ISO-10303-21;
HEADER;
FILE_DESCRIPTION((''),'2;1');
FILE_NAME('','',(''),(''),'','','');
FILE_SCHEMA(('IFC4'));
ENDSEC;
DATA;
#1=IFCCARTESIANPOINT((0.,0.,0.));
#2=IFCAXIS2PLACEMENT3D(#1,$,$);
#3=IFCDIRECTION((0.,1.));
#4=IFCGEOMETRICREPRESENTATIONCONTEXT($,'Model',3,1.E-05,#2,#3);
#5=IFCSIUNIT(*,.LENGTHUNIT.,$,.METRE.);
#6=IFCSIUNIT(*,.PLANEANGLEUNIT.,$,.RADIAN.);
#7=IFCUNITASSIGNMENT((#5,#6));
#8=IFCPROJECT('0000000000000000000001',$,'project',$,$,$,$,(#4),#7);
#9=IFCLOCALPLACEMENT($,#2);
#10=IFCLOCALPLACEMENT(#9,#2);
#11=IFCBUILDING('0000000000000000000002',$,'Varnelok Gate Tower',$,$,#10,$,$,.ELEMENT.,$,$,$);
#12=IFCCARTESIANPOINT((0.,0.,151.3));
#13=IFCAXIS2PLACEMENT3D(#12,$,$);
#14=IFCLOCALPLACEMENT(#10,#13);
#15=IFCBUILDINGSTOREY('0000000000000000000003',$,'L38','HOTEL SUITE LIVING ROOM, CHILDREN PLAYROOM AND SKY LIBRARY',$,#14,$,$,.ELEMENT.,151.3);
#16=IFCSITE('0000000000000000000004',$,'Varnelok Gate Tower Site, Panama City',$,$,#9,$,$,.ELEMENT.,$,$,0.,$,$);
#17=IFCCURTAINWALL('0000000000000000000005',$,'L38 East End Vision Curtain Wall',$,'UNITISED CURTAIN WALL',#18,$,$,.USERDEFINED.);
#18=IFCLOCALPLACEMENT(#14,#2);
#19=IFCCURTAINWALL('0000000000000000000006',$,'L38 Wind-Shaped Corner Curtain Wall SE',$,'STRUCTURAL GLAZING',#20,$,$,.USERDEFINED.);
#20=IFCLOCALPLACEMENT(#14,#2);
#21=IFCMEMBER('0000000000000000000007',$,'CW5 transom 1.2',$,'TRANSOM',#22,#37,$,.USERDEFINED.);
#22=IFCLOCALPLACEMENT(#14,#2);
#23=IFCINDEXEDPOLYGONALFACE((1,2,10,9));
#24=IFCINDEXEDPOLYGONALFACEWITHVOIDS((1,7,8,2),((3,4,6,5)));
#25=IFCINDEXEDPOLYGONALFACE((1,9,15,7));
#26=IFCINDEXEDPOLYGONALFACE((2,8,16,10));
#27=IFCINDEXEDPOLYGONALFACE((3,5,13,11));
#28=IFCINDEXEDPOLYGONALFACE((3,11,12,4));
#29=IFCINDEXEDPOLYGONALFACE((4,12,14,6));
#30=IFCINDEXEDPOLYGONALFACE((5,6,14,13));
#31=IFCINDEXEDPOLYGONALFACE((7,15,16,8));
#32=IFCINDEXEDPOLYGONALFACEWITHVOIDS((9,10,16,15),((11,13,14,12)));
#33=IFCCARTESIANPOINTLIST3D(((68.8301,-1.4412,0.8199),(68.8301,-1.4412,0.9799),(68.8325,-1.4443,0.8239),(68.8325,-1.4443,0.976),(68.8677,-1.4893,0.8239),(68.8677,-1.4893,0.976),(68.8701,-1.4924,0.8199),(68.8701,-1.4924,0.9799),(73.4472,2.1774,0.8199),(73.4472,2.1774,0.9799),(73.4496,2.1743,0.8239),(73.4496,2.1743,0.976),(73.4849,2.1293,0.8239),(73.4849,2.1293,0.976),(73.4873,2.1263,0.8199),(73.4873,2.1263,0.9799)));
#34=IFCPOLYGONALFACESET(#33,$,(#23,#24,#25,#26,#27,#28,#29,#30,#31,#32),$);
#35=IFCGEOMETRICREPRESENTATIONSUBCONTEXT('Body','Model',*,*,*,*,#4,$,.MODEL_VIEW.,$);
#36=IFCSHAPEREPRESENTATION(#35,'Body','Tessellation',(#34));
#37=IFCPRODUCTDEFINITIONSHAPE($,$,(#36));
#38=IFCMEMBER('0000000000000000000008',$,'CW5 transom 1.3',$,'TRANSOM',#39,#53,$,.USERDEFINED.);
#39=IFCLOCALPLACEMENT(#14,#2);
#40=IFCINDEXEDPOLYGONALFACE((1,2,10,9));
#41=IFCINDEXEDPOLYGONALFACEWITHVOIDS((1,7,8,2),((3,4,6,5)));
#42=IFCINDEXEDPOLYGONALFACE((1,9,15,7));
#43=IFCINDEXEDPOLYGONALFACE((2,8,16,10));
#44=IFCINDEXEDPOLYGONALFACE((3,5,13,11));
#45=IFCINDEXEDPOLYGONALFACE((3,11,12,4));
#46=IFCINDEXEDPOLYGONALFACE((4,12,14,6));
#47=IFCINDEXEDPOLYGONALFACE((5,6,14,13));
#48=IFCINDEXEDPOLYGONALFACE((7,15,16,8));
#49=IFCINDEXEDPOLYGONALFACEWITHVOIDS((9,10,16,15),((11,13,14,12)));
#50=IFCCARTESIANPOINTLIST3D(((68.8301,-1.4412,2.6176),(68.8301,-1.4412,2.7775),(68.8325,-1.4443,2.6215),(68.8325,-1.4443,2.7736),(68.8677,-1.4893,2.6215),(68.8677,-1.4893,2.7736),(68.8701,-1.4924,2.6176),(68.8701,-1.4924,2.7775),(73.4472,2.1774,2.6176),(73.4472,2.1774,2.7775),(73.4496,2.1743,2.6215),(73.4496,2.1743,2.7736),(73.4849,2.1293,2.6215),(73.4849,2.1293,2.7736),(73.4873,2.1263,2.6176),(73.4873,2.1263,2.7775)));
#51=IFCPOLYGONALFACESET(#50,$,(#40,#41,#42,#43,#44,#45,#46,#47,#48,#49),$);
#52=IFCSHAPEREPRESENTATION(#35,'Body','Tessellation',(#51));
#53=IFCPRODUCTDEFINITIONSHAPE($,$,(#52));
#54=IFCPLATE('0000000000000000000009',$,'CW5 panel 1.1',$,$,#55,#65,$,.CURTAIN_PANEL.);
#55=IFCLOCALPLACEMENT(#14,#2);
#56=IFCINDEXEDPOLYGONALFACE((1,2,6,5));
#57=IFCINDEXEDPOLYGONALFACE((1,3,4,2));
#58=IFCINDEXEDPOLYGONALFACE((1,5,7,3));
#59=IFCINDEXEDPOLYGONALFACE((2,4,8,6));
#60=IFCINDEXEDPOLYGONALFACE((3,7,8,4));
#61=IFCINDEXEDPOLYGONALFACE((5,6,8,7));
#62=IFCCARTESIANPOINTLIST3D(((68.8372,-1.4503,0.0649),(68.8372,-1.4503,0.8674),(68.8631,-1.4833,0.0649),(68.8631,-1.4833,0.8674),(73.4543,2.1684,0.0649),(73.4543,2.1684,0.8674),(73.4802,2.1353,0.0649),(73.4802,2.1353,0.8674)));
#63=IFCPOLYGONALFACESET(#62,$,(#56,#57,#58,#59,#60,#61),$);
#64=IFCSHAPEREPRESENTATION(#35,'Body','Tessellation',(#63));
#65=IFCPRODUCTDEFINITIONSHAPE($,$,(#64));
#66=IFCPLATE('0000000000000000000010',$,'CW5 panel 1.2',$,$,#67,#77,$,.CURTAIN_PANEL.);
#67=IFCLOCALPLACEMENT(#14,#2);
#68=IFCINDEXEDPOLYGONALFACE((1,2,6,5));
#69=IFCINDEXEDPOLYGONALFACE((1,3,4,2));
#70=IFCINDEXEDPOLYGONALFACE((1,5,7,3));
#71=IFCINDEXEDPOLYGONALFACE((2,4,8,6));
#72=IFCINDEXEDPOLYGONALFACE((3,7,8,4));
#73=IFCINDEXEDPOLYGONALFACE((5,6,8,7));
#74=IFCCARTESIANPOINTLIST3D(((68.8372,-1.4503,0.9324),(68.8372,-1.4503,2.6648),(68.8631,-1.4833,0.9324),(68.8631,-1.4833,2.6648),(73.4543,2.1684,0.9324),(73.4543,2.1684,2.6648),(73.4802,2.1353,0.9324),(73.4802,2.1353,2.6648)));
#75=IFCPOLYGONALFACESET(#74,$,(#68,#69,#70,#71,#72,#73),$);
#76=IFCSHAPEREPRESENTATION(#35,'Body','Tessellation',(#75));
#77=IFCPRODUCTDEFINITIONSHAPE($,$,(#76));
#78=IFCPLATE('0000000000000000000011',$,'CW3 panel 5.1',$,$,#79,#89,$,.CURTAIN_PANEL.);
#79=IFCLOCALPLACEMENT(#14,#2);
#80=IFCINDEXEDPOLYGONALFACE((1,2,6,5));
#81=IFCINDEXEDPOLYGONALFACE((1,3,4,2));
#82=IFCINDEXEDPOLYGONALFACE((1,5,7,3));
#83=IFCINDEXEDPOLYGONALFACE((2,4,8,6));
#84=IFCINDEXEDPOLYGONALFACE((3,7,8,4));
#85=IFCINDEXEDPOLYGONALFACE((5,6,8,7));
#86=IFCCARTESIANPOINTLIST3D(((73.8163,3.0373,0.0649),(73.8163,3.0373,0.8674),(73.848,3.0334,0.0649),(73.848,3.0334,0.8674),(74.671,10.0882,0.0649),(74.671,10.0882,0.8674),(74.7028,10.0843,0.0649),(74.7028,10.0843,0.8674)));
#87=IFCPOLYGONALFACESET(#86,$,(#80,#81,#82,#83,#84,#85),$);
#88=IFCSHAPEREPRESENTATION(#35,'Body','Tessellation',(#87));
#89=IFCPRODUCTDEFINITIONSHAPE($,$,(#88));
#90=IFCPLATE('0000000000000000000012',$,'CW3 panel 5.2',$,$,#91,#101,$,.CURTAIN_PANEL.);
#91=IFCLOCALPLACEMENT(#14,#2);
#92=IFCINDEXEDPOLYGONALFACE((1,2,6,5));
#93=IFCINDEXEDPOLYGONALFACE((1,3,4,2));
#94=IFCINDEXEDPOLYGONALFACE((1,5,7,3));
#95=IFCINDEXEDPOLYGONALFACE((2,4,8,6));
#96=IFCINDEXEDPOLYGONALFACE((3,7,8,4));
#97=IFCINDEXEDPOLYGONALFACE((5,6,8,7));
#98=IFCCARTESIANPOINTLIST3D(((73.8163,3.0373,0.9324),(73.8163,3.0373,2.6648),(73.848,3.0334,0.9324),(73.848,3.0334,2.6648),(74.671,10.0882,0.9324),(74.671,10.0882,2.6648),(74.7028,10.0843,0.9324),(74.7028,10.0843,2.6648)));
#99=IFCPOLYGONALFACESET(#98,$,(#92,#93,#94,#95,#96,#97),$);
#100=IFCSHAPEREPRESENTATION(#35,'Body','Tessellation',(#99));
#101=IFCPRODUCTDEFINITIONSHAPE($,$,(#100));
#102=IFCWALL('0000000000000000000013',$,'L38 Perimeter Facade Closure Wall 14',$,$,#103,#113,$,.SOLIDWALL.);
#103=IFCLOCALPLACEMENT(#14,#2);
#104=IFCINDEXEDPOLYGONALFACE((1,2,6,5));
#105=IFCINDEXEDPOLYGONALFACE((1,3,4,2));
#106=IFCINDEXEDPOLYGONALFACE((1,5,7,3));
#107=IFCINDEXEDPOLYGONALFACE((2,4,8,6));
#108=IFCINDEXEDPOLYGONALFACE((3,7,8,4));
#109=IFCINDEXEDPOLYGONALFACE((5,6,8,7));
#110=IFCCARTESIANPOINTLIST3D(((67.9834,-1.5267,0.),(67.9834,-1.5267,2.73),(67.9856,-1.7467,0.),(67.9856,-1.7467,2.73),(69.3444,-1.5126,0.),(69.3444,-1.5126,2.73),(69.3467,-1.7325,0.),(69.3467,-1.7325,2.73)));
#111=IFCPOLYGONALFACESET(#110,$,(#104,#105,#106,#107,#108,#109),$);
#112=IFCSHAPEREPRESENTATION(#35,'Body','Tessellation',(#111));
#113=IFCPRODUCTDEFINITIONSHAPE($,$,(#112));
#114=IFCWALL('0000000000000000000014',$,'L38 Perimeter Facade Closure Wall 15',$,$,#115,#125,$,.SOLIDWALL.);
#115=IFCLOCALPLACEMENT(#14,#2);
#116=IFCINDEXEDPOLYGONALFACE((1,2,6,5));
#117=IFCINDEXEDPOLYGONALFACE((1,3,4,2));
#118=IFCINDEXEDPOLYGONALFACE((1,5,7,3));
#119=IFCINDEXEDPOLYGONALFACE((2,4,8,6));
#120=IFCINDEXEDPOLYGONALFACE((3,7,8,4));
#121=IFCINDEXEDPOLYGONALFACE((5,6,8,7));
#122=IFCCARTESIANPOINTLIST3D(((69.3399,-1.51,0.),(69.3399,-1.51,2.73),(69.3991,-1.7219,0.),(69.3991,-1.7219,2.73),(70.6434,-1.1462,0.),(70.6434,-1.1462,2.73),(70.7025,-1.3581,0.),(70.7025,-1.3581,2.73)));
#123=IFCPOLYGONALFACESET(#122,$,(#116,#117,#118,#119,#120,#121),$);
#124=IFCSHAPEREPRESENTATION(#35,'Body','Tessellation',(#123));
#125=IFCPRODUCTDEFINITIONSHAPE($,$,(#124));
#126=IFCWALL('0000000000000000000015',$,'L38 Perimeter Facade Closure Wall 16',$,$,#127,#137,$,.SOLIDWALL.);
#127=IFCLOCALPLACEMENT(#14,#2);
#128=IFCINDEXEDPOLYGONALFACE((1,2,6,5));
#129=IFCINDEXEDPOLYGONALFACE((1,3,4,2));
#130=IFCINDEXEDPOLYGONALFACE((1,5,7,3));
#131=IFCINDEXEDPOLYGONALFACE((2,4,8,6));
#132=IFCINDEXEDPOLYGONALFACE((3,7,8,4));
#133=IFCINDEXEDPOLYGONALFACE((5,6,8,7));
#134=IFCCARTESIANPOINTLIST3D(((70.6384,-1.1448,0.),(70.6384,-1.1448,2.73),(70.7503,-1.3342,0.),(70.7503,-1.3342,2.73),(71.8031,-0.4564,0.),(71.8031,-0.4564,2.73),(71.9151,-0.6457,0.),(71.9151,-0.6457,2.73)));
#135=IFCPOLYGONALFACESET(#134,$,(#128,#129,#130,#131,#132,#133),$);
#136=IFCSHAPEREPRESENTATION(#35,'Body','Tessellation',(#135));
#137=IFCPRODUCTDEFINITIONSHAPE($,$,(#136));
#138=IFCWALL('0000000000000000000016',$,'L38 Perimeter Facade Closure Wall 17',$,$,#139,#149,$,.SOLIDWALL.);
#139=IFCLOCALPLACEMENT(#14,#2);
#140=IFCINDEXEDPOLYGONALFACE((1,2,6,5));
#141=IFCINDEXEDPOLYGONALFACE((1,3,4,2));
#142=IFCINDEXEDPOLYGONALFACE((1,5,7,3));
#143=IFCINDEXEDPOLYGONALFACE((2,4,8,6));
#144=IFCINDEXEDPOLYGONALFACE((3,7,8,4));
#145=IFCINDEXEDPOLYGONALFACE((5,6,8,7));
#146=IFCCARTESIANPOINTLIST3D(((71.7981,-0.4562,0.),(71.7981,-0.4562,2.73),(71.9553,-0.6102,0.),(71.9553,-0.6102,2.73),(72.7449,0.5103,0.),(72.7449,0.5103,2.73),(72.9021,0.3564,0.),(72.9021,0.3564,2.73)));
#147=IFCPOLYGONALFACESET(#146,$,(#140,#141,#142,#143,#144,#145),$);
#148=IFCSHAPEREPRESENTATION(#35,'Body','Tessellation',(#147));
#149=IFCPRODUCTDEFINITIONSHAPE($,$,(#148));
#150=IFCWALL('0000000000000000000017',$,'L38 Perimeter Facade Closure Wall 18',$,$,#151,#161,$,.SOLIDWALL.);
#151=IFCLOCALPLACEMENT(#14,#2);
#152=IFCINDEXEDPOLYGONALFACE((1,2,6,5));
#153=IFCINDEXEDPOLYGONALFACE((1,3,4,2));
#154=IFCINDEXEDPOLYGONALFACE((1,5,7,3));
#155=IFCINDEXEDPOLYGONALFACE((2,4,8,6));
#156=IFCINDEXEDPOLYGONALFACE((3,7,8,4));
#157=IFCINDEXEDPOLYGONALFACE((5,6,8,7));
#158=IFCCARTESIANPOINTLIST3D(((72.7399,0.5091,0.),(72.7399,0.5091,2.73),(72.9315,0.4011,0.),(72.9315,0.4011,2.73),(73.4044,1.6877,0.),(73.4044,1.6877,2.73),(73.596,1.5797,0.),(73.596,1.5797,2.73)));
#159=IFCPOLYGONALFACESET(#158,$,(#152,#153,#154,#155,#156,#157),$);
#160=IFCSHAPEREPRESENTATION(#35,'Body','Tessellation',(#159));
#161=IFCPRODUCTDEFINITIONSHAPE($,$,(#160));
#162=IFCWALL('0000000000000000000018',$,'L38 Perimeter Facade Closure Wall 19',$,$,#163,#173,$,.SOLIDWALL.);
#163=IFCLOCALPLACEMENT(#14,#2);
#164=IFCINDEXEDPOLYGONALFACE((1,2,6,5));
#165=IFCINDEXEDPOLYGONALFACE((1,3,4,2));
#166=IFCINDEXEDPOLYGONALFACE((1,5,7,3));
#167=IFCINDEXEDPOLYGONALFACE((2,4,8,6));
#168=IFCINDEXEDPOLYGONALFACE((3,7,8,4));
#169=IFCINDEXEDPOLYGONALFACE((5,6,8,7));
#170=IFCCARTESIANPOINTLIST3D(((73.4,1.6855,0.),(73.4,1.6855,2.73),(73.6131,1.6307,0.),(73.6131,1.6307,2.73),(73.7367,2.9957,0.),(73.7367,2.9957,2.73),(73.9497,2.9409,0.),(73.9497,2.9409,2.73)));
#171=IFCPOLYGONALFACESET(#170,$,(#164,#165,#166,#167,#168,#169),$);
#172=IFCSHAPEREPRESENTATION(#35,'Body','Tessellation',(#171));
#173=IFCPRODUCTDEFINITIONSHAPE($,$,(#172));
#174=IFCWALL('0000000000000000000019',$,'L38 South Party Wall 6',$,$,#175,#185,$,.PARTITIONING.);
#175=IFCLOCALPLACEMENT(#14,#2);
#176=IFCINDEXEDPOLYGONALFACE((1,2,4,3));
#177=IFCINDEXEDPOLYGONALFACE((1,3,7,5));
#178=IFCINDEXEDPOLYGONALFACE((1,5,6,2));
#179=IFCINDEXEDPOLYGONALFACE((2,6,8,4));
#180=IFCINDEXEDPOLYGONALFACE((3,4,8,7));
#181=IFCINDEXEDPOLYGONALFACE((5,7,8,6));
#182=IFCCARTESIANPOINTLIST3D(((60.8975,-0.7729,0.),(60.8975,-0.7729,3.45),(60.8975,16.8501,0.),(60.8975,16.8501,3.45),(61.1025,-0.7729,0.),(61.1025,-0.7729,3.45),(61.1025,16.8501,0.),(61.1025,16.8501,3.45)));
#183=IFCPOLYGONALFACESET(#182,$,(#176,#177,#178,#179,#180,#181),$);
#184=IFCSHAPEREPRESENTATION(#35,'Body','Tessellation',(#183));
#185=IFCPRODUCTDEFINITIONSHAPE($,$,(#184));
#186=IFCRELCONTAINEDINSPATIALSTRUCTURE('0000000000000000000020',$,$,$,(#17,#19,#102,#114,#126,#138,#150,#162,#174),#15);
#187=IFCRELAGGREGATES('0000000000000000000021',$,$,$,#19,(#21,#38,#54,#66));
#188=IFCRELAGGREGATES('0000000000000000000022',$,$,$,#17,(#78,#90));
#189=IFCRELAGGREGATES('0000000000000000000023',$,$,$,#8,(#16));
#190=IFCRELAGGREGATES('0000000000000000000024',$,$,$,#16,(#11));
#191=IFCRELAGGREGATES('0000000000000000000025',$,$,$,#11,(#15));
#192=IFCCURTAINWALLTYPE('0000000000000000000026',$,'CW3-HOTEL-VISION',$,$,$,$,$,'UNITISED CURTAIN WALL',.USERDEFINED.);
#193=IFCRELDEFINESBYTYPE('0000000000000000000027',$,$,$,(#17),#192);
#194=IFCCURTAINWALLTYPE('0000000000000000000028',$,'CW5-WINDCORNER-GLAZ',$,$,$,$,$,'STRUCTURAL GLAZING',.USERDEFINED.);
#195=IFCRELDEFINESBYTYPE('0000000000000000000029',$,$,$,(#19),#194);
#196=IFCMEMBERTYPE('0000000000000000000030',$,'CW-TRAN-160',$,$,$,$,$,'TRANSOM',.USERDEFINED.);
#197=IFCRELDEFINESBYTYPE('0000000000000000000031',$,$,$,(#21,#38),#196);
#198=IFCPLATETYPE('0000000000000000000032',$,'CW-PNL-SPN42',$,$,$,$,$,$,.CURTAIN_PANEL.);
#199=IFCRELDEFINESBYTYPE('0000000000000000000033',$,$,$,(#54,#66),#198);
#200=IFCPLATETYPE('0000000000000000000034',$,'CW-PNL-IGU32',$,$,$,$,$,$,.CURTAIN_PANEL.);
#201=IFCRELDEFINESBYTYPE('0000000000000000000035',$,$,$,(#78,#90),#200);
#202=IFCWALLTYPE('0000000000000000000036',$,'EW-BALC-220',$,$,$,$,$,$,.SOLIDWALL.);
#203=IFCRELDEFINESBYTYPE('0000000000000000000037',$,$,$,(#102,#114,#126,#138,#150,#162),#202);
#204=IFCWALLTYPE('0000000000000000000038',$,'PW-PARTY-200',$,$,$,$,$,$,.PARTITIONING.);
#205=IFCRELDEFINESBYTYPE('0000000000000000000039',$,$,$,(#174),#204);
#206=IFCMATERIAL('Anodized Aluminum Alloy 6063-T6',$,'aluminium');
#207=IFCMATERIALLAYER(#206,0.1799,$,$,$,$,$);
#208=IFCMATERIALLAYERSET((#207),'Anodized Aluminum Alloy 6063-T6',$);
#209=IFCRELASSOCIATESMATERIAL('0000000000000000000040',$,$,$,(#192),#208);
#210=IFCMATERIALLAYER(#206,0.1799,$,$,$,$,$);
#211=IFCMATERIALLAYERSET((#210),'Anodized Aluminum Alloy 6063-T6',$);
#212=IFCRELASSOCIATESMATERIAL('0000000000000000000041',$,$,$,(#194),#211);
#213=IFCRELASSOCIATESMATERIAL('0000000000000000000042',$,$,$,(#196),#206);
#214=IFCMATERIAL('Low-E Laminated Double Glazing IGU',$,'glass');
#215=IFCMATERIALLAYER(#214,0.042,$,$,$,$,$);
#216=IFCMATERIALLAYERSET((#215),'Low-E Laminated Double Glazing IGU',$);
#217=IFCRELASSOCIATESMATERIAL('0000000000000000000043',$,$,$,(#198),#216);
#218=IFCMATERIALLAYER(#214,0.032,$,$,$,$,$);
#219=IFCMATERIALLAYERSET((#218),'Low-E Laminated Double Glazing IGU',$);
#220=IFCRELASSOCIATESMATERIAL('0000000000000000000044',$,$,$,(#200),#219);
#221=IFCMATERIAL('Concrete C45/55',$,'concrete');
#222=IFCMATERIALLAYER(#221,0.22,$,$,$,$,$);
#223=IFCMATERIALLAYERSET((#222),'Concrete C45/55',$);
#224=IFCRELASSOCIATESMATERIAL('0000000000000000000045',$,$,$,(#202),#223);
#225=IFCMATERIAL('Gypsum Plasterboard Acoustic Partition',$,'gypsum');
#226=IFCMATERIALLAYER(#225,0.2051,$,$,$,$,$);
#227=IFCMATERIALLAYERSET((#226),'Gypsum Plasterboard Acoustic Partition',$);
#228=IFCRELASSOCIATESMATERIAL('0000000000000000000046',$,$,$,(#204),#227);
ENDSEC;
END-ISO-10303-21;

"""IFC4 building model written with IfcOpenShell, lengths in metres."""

from ifc_helpers import new_model, si_unit, direction, frame, frame_2d, origin, origin_2d, place, context, subcontext, project, spatial, rectangle, hollow_rectangle, extrude, source, transform, mapped, material, layer, layer_set, material_profile, profile_set, type_object, element, aggregate, save


model = new_model("IFC4")

# Units and contexts
model_context = context("Model", 3, precision=1e-05, world=origin(), true_north=direction((0.0, 1.0)))
body_context = subcontext(model_context, "Body", "Model", "MODEL_VIEW")
ifc_project = project(units=[si_unit("LENGTHUNIT", "METRE"), si_unit("PLANEANGLEUNIT", "RADIAN")], contexts=[model_context])

# Site, building, storey
site_placement = place(None, origin())
site = spatial("IfcSite", under=ifc_project, at=site_placement, Name="Varnelok Gate Tower Site, Panama City", CompositionType="ELEMENT", RefElevation=0.0)
building_placement = place(site_placement, origin())
building = spatial("IfcBuilding", under=site, at=building_placement, Name="Varnelok Gate Tower", CompositionType="ELEMENT")
storey_placement = place(building_placement, frame((0.0, 0.0, 151.3)))
storey = spatial("IfcBuildingStorey", under=building, at=storey_placement, Name="L38", Description="HOTEL SUITE LIVING ROOM, CHILDREN PLAYROOM AND SKY LIBRARY", CompositionType="ELEMENT", Elevation=151.3)

# Curtain walls
ifc_material_1 = material(Name="Anodized Aluminum Alloy 6063-T6", Category="aluminium")
ifc_layer_1 = layer(ifc_material_1, 0.1799)
ifc_layer_set_1 = layer_set([ifc_layer_1], Name="Anodized Aluminum Alloy 6063-T6")
curtain_wall_type_1 = type_object("IfcCurtainWallType", Name="CW3-HOTEL-VISION", ElementType="UNITISED CURTAIN WALL", PredefinedType="USERDEFINED", material=ifc_layer_set_1)
curtain_wall_1_placement = place(storey_placement, origin())
curtain_wall_1 = element("IfcCurtainWall", 1, at=curtain_wall_1_placement, inside=storey, type_object=curtain_wall_type_1, Name="L38 East End Vision Curtain Wall", ObjectType="UNITISED CURTAIN WALL", PredefinedType="USERDEFINED")
ifc_layer_2 = layer(ifc_material_1, 0.1799)
ifc_layer_set_2 = layer_set([ifc_layer_2], Name="Anodized Aluminum Alloy 6063-T6")
curtain_wall_type_2 = type_object("IfcCurtainWallType", Name="CW5-WINDCORNER-GLAZ", ElementType="STRUCTURAL GLAZING", PredefinedType="USERDEFINED", material=ifc_layer_set_2)
curtain_wall_2_placement = place(storey_placement, origin())
curtain_wall_2 = element("IfcCurtainWall", 2, at=curtain_wall_2_placement, inside=storey, type_object=curtain_wall_type_2, Name="L38 Wind-Shaped Corner Curtain Wall SE", ObjectType="STRUCTURAL GLAZING", PredefinedType="USERDEFINED")

# Members
ifc_material_profile_1 = material_profile(ifc_material_1, hollow_rectangle(XDim=0.0649, YDim=0.1599, WallThickness=0.0039, at=origin_2d()), Name="ALU160X65X4")
ifc_profile_set_1 = profile_set([ifc_material_profile_1], Name="Anodized Aluminum Alloy 6063-T6")
member_type_1 = type_object("IfcMemberType", Name="CW-TRAN-160", ElementType="TRANSOM", PredefinedType="USERDEFINED", material=ifc_profile_set_1)
member_1_placement = place(storey_placement, frame((68.8501, -1.4668, 0.8999), z_axis=(0.787074, 0.616858, 0.0), x_axis=(-0.616858, 0.787074, 0.0)))
member_1 = element("IfcMember", 3, at=member_1_placement, type_object=member_type_1, Name="CW5 transom 1.2", ObjectType="TRANSOM", PredefinedType="USERDEFINED", context=body_context, shape_type="SweptSolid", body=[
    extrude(hollow_rectangle(XDim=0.0649, YDim=0.1599, WallThickness=0.0039, at=origin_2d()), origin(), (0.0, 0.0, 1.0), 5.8662),
])
member_2_placement = place(storey_placement, frame((68.8501, -1.4668, 2.6975), z_axis=(0.787074, 0.616858, 0.0), x_axis=(-0.616858, 0.787074, 0.0)))
member_2 = element("IfcMember", 4, at=member_2_placement, type_object=member_type_1, Name="CW5 transom 1.3", ObjectType="TRANSOM", PredefinedType="USERDEFINED", context=body_context, shape_type="SweptSolid", body=[
    extrude(hollow_rectangle(XDim=0.0649, YDim=0.1599, WallThickness=0.0039, at=origin_2d()), origin(), (0.0, 0.0, 1.0), 5.8662),
])

# Plates
ifc_material_2 = material(Name="Low-E Laminated Double Glazing IGU", Category="glass")
ifc_layer_3 = layer(ifc_material_2, 0.042)
ifc_layer_set_3 = layer_set([ifc_layer_3], Name="Low-E Laminated Double Glazing IGU")
plate_type_1 = type_object("IfcPlateType", Name="CW-PNL-SPN42", PredefinedType="CURTAIN_PANEL", material=ifc_layer_set_3)
shared_shape_1 = source(origin(), body_context, "Body", "SweptSolid", [
    extrude(rectangle(XDim=5.8662, YDim=0.042, at=origin_2d()), origin(), (0.0, 0.0, 1.0), 0.8025),
])
plate_1_placement = place(storey_placement, frame((71.1587, 0.3425, 0.0649), z_axis=(0.0, 0.0, 1.0), x_axis=(0.787069, 0.616864, 0.0)))
plate_1 = element("IfcPlate", 5, at=plate_1_placement, type_object=plate_type_1, Name="CW5 panel 1.1", PredefinedType="CURTAIN_PANEL", context=body_context, shape_type="MappedRepresentation", body=[
    mapped(shared_shape_1, transform((0.0, 0.0, 0.0), scale=1.0)),
])
shared_shape_2 = source(origin(), body_context, "Body", "SweptSolid", [
    extrude(rectangle(XDim=5.8662, YDim=0.042, at=origin_2d()), origin(), (0.0, 0.0, 1.0), 1.7324),
])
plate_2_placement = place(storey_placement, frame((71.1587, 0.3425, 0.9324), z_axis=(0.0, 0.0, 1.0), x_axis=(0.787069, 0.616864, 0.0)))
plate_2 = element("IfcPlate", 6, at=plate_2_placement, type_object=plate_type_1, Name="CW5 panel 1.2", PredefinedType="CURTAIN_PANEL", context=body_context, shape_type="MappedRepresentation", body=[
    mapped(shared_shape_2, transform((0.0, 0.0, 0.0), scale=1.0)),
])
aggregate(curtain_wall_2, [member_1, member_2, plate_1, plate_2])
ifc_layer_4 = layer(ifc_material_2, 0.032)
ifc_layer_set_4 = layer_set([ifc_layer_4], Name="Low-E Laminated Double Glazing IGU")
plate_type_2 = type_object("IfcPlateType", Name="CW-PNL-IGU32", PredefinedType="CURTAIN_PANEL", material=ifc_layer_set_4)
shared_shape_3 = source(origin(), body_context, "Body", "SweptSolid", [
    extrude(rectangle(XDim=7.1025, YDim=0.032, at=origin_2d()), origin(), (0.0, 0.0, 1.0), 0.8025),
])
plate_3_placement = place(storey_placement, frame((74.2595, 6.5608, 0.0649), z_axis=(0.0, 0.0, 1.0), x_axis=(-0.120347, -0.992732, 0.0)))
plate_3 = element("IfcPlate", 7, at=plate_3_placement, type_object=plate_type_2, Name="CW3 panel 5.1", PredefinedType="CURTAIN_PANEL", context=body_context, shape_type="MappedRepresentation", body=[
    mapped(shared_shape_3, transform((0.0, 0.0, 0.0), scale=1.0)),
])
shared_shape_4 = source(origin(), body_context, "Body", "SweptSolid", [
    extrude(rectangle(XDim=7.1025, YDim=0.032, at=origin_2d()), origin(), (0.0, 0.0, 1.0), 1.7324),
])
plate_4_placement = place(storey_placement, frame((74.2595, 6.5608, 0.9324), z_axis=(0.0, 0.0, 1.0), x_axis=(-0.120347, -0.992732, 0.0)))
plate_4 = element("IfcPlate", 8, at=plate_4_placement, type_object=plate_type_2, Name="CW3 panel 5.2", PredefinedType="CURTAIN_PANEL", context=body_context, shape_type="MappedRepresentation", body=[
    mapped(shared_shape_4, transform((0.0, 0.0, 0.0), scale=1.0)),
])
aggregate(curtain_wall_1, [plate_3, plate_4])

# Walls
ifc_material_3 = material(Name="Concrete C45/55", Category="concrete")
ifc_layer_5 = layer(ifc_material_3, 0.22)
ifc_layer_set_5 = layer_set([ifc_layer_5], Name="Concrete C45/55")
wall_type_1 = type_object("IfcWallType", Name="EW-BALC-220", PredefinedType="SOLIDWALL", material=ifc_layer_set_5)
wall_1_placement = place(storey_placement, frame((67.9844, -1.6367, 0.0), z_axis=(0.0, 0.0, 1.0), x_axis=(0.999946, 0.010403, 0.0)))
element("IfcWall", 9, at=wall_1_placement, inside=storey, type_object=wall_type_1, Name="L38 Perimeter Facade Closure Wall 14", PredefinedType="SOLIDWALL", context=body_context, shape_type="SweptSolid", body=[
    extrude(rectangle(XDim=1.3611, YDim=0.22, at=frame_2d((0.6807, 0.0))), origin(), (0.0, 0.0, 1.0), 2.73),
])
wall_2_placement = place(storey_placement, frame((69.3694, -1.616, 0.0), z_axis=(0.0, 0.0, 1.0), x_axis=(0.963194, 0.268807, 0.0)))
element("IfcWall", 10, at=wall_2_placement, inside=storey, type_object=wall_type_1, Name="L38 Perimeter Facade Closure Wall 15", PredefinedType="SOLIDWALL", context=body_context, shape_type="SweptSolid", body=[
    extrude(rectangle(XDim=1.3533, YDim=0.22, at=frame_2d((0.6768, 0.0))), origin(), (0.0, 0.0, 1.0), 2.73),
])
for number, where, z_axis, x_axis, name in (
    (11, (70.6943, -1.2395, 0.0), (0.0, 0.0, 1.0), (0.860865, 0.508833, 0.0), "L38 Perimeter Facade Closure Wall 16"),
    (12, (71.8767, -0.5332, 0.0), (0.0, 0.0, 1.0), (0.699761, 0.714377, 0.0), "L38 Perimeter Facade Closure Wall 17"),
    (13, (72.8357, 0.4551, 0.0), (0.0, 0.0, 1.0), (0.491118, 0.871093, 0.0), "L38 Perimeter Facade Closure Wall 18"),
):
    element("IfcWall", number, at=place(storey_placement, frame(where, z_axis=z_axis, x_axis=x_axis)), inside=storey, type_object=wall_type_1, Name=name, PredefinedType="SOLIDWALL", context=body_context, shape_type="SweptSolid", body=[
        extrude(rectangle(XDim=1.353, YDim=0.22, at=frame_2d((0.6765, 0.0))), origin(), (0.0, 0.0, 1.0), 2.73),
    ])
wall_3_placement = place(storey_placement, frame((73.5066, 1.6582, 0.0), z_axis=(0.0, 0.0, 1.0), x_axis=(0.248857, 0.96854, 0.0)))
element("IfcWall", 14, at=wall_3_placement, inside=storey, type_object=wall_type_1, Name="L38 Perimeter Facade Closure Wall 19", PredefinedType="SOLIDWALL", context=body_context, shape_type="SweptSolid", body=[
    extrude(rectangle(XDim=1.3528, YDim=0.22, at=frame_2d((0.6763, 0.0))), origin(), (0.0, 0.0, 1.0), 2.73),
])
ifc_material_4 = material(Name="Gypsum Plasterboard Acoustic Partition", Category="gypsum")
ifc_layer_6 = layer(ifc_material_4, 0.2051)
ifc_layer_set_6 = layer_set([ifc_layer_6], Name="Gypsum Plasterboard Acoustic Partition")
wall_type_2 = type_object("IfcWallType", Name="PW-PARTY-200", PredefinedType="PARTITIONING", material=ifc_layer_set_6)
wall_4_placement = place(storey_placement, frame((61.0, -0.7729, 0.0), z_axis=(0.0, 0.0, 1.0), x_axis=(0.0, 1.0, 0.0)))
element("IfcWall", 15, at=wall_4_placement, inside=storey, type_object=wall_type_2, Name="L38 South Party Wall 6", PredefinedType="PARTITIONING", context=body_context, shape_type="SweptSolid", body=[
    extrude(rectangle(XDim=17.623, YDim=0.2051, at=frame_2d((8.8115, 0.0))), origin(), (0.0, 0.0, 1.0), 3.45),
])

save(model, "model.ifc")
